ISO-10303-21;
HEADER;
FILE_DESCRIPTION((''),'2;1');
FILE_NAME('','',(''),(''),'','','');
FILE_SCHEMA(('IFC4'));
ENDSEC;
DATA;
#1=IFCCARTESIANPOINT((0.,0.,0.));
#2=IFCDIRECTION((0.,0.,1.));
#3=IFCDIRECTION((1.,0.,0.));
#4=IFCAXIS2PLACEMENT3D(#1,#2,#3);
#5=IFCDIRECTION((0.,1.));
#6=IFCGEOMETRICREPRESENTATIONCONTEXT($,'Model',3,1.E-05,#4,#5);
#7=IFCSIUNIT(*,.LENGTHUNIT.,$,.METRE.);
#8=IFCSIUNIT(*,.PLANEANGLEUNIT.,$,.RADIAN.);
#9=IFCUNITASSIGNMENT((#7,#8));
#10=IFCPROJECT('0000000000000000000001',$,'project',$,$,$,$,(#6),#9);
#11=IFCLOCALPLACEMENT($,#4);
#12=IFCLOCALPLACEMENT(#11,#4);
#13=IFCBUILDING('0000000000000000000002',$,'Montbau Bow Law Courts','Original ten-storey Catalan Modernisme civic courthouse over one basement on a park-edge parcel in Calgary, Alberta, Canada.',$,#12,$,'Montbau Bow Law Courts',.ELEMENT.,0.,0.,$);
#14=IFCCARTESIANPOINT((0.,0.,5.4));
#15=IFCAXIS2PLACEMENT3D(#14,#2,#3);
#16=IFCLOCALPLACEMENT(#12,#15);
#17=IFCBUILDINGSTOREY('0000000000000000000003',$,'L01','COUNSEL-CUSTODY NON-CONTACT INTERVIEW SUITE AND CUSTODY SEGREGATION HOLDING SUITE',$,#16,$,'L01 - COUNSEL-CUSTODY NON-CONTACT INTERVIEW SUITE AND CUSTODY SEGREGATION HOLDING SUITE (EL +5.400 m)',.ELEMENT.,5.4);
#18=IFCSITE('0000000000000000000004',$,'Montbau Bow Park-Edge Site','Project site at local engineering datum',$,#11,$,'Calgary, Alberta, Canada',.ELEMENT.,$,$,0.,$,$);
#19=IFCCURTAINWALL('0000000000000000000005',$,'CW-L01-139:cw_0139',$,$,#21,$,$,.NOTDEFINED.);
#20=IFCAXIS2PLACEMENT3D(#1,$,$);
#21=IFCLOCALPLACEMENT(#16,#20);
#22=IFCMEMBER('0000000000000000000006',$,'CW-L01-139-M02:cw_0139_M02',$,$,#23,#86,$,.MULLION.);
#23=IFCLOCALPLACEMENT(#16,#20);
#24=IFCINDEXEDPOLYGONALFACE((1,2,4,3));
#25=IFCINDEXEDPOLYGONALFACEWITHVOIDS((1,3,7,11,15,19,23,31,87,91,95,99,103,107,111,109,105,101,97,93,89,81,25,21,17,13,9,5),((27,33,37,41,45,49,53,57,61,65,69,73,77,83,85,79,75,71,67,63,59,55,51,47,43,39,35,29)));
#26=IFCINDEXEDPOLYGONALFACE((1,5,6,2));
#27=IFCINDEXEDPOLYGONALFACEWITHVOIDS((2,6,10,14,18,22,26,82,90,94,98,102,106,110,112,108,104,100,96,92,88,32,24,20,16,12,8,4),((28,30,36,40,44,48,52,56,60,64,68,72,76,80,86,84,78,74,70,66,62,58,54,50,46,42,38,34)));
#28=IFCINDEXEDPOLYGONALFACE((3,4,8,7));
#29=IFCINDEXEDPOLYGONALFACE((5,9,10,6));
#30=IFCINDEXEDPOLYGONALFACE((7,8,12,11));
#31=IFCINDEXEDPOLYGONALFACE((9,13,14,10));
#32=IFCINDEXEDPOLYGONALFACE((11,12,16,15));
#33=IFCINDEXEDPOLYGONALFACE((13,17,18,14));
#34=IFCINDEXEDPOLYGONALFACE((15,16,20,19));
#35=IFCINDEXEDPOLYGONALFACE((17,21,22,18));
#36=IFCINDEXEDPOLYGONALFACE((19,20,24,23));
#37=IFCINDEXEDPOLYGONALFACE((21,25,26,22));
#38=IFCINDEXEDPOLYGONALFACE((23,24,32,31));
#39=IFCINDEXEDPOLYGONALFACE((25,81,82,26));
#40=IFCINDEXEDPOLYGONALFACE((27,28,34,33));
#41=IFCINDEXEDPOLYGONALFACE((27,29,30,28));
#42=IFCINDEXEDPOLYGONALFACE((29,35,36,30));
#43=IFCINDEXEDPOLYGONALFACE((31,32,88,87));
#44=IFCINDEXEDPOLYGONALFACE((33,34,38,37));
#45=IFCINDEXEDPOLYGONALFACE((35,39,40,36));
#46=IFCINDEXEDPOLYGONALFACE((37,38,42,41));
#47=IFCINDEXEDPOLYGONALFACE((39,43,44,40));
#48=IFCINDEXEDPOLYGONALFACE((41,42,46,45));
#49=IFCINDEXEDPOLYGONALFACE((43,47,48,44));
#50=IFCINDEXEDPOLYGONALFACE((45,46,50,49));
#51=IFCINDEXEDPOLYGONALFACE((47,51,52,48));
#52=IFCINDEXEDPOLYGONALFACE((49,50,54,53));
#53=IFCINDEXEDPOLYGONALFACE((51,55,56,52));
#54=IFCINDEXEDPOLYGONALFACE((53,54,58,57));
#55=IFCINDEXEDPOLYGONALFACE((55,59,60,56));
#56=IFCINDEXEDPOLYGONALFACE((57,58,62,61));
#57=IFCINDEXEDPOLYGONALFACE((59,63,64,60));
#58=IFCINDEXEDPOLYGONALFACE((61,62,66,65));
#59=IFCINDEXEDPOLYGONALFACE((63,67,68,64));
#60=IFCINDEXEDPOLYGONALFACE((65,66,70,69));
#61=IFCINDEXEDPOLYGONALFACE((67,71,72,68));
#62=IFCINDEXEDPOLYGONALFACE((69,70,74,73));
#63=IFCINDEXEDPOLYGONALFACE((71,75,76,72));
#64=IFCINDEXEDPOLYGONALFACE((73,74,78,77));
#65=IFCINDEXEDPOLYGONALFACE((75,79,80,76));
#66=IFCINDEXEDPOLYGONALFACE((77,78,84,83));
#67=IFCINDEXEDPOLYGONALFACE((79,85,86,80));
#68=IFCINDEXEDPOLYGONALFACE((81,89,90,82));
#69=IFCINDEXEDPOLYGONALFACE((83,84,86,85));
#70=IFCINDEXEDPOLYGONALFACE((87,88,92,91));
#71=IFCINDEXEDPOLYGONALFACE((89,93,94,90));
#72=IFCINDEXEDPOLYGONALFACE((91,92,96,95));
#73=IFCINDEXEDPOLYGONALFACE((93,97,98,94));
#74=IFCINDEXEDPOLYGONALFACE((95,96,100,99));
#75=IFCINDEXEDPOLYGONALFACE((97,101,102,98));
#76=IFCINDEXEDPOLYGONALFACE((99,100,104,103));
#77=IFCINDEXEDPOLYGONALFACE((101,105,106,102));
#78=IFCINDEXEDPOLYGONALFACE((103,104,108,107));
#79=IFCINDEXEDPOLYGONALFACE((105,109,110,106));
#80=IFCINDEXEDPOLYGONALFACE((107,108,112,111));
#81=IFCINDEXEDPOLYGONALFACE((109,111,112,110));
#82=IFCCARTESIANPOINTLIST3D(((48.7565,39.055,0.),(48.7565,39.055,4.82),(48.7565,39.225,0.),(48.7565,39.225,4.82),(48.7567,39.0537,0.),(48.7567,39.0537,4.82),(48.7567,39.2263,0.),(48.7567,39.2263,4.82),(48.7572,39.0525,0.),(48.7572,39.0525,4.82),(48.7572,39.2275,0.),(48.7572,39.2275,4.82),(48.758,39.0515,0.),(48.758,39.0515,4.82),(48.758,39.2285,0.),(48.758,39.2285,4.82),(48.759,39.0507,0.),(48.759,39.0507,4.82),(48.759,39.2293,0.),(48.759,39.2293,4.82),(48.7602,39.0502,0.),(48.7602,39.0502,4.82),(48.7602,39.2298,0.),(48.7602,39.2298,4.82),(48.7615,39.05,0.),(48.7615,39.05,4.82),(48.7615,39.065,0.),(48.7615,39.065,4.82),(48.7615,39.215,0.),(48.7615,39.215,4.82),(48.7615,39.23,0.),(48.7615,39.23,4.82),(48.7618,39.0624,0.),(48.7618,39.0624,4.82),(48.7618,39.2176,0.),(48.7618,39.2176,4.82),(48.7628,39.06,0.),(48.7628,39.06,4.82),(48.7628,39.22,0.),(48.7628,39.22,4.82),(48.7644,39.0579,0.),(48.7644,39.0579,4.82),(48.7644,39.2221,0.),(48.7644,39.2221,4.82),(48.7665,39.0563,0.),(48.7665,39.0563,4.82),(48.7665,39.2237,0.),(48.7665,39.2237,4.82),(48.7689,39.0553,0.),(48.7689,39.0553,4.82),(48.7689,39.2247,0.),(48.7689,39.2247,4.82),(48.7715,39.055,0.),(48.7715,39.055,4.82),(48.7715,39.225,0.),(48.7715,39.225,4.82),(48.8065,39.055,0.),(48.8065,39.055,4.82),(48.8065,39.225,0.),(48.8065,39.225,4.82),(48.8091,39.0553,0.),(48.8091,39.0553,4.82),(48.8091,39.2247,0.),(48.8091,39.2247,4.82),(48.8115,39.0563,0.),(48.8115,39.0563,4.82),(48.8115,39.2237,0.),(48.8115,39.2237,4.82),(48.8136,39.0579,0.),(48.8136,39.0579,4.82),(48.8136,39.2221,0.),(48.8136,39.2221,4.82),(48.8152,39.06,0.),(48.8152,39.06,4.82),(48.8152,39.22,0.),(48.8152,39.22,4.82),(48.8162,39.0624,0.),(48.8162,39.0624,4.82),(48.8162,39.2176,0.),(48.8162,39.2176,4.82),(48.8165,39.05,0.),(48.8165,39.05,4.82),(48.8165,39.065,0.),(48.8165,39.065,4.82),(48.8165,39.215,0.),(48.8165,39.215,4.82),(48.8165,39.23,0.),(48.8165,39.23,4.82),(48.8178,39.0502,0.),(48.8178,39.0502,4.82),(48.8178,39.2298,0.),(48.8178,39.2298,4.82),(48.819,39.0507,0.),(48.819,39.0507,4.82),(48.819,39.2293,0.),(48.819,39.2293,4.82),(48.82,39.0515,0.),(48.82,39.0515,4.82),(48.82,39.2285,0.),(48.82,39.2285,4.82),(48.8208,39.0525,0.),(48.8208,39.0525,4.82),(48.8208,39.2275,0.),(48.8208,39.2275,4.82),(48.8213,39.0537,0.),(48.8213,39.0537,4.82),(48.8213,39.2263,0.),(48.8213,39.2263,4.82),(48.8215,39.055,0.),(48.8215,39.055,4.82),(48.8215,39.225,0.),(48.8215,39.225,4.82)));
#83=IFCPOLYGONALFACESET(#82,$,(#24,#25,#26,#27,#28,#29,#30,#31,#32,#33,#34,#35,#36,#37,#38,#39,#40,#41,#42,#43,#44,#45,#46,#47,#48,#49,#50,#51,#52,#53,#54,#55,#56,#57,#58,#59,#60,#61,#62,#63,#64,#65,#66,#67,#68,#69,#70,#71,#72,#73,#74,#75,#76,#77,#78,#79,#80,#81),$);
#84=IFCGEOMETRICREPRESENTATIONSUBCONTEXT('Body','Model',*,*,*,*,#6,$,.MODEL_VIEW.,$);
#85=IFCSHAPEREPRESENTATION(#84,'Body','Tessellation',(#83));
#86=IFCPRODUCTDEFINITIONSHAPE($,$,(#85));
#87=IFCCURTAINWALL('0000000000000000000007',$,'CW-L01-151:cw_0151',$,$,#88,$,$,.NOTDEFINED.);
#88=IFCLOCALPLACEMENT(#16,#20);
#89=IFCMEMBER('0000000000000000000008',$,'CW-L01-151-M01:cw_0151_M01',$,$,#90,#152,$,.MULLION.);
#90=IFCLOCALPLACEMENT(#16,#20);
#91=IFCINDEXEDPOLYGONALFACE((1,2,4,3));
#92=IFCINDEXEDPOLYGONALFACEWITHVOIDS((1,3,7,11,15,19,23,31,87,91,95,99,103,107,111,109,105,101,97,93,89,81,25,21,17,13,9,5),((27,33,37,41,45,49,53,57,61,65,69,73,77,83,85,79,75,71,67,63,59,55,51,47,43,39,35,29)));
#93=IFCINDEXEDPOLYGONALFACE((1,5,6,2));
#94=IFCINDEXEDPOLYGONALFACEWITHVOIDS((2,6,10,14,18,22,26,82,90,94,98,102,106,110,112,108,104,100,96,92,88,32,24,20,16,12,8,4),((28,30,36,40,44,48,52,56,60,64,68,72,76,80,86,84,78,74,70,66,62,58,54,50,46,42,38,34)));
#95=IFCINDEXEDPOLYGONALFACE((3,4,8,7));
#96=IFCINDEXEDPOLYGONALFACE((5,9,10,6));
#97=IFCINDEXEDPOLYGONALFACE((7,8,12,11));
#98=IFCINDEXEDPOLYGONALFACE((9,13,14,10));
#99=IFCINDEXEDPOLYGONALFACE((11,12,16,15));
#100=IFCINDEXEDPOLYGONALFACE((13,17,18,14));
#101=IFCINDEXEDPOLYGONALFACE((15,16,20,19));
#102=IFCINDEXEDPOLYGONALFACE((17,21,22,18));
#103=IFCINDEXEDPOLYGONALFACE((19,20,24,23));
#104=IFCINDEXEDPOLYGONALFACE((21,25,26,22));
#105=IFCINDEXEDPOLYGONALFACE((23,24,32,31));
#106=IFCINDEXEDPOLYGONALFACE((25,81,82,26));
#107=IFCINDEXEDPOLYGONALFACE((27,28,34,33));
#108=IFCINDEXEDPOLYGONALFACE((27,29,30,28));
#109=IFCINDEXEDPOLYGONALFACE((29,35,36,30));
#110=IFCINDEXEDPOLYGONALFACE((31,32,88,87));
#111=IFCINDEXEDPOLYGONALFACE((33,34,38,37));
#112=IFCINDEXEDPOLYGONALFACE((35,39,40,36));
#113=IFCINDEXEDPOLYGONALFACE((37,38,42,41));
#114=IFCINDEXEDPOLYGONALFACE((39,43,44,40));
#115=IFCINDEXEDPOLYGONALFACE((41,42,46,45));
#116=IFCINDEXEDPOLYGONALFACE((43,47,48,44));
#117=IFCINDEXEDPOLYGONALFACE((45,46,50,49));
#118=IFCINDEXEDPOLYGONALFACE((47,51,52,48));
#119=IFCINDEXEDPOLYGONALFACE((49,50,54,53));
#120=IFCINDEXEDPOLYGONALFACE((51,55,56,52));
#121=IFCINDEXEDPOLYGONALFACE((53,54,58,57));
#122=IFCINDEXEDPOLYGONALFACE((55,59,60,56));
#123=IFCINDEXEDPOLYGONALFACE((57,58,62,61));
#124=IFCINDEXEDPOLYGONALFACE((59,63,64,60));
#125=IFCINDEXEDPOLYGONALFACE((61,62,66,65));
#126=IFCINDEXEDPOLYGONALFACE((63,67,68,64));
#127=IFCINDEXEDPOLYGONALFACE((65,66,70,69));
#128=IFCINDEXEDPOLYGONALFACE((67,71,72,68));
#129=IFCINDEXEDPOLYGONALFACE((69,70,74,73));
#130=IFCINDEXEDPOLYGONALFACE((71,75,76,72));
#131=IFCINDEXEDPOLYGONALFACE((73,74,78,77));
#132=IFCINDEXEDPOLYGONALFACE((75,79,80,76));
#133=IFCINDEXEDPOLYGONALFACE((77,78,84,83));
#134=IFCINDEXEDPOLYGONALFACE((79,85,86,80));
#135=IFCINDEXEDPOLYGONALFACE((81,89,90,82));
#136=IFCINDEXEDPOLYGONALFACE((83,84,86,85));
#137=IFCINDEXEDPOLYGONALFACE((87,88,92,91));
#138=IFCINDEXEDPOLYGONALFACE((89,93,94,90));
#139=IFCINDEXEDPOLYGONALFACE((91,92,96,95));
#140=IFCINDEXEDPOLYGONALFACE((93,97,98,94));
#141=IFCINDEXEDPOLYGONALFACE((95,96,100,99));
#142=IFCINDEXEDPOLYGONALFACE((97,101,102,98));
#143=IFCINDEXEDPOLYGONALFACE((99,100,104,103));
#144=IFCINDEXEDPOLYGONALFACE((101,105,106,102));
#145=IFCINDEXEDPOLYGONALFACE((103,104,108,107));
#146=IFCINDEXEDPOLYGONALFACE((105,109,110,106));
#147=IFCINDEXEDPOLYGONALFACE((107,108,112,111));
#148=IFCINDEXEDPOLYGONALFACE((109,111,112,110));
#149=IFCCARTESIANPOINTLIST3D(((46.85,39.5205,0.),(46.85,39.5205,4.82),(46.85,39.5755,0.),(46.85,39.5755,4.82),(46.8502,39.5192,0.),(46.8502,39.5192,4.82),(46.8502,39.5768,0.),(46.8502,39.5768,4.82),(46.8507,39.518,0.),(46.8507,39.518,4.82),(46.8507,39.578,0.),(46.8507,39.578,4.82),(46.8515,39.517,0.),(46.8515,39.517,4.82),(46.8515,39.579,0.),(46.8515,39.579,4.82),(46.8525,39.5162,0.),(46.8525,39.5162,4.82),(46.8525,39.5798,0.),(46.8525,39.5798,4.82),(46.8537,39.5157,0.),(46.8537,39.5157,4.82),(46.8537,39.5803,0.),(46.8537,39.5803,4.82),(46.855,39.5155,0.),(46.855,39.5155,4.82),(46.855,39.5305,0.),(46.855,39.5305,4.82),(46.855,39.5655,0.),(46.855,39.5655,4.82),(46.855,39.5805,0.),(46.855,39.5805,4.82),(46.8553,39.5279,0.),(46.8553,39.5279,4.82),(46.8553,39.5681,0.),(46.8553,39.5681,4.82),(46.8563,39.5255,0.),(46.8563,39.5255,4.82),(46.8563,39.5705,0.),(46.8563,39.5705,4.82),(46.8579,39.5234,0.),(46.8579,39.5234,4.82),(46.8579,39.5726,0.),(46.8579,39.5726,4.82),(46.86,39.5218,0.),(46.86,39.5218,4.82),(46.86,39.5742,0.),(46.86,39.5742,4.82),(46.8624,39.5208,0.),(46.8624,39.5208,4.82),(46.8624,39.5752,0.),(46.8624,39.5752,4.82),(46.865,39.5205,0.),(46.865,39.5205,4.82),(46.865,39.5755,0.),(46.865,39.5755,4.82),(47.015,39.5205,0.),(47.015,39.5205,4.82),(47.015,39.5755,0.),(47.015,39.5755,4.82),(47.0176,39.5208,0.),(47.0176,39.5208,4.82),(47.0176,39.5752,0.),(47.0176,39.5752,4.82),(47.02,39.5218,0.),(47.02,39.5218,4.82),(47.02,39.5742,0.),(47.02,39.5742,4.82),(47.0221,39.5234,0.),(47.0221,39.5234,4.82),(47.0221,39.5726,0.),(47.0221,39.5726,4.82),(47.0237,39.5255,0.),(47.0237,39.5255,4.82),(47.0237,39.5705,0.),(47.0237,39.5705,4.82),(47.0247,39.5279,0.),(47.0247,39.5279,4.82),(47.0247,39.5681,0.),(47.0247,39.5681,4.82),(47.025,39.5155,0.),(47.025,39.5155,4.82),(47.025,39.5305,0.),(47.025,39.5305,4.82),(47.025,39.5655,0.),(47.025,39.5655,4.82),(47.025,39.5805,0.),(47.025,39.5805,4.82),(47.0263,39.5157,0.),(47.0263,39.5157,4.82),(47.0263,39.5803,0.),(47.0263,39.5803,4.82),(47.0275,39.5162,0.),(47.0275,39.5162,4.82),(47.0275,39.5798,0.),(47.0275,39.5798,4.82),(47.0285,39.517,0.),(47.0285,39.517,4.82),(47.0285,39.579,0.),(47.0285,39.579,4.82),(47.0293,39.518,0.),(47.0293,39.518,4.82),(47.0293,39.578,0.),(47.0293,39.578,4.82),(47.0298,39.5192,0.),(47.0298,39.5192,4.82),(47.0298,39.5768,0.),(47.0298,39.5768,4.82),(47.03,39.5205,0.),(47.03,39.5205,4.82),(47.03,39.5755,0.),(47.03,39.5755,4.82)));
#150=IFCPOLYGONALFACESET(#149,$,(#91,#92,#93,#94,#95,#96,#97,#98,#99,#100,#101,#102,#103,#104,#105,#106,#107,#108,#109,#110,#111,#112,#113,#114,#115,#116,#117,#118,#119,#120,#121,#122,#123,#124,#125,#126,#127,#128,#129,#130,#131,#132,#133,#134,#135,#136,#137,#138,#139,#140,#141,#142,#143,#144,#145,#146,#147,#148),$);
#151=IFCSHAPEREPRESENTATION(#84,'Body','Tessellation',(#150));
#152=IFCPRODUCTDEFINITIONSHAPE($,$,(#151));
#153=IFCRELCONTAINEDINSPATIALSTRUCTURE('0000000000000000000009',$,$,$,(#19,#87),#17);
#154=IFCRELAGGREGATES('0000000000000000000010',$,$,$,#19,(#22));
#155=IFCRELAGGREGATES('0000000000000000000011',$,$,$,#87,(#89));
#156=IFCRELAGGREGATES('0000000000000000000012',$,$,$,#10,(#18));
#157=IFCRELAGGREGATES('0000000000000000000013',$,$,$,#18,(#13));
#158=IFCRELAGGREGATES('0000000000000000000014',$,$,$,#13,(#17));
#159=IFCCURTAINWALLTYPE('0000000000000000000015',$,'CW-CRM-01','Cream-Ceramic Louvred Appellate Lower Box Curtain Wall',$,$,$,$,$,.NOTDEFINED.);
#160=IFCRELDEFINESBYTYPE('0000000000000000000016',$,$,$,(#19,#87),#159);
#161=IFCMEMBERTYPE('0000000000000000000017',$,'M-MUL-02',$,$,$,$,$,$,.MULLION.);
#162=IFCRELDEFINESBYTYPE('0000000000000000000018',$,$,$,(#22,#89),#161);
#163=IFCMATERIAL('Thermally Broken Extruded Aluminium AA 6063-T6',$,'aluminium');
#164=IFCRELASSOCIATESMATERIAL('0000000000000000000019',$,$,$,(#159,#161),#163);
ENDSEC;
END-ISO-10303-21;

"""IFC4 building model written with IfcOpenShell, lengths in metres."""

from ifc_helpers import new_model, si_unit, direction, frame, origin_with_axes, origin_2d_with_axis, place, context, subcontext, project, spatial, hollow_rectangle, extrude, material, material_profile, profile_set, type_object, element, aggregate, save


model = new_model("IFC4")

# Units and contexts
model_context = context("Model", 3, precision=1e-05, world=origin_with_axes(), true_north=direction((0.0, 1.0)))
body_context = subcontext(model_context, "Body", "Model", "MODEL_VIEW")
ifc_project = project(units=[si_unit("LENGTHUNIT", "METRE"), si_unit("PLANEANGLEUNIT", "RADIAN")], contexts=[model_context])

# Site, building, storey
site_placement = place(None, origin_with_axes())
site = spatial("IfcSite", under=ifc_project, at=site_placement, Name="Montbau Bow Park-Edge Site", Description="Project site at local engineering datum", LongName="Calgary, Alberta, Canada", CompositionType="ELEMENT", RefElevation=0.0)
building_placement = place(site_placement, origin_with_axes())
building = spatial("IfcBuilding", under=site, at=building_placement, Name="Montbau Bow Law Courts", Description="Original ten-storey Catalan Modernisme civic courthouse over one basement on a park-edge parcel in Calgary, Alberta, Canada.", LongName="Montbau Bow Law Courts", CompositionType="ELEMENT", ElevationOfRefHeight=0.0, ElevationOfTerrain=0.0)
storey_placement = place(building_placement, frame((0.0, 0.0, 5.4), z_axis=(0.0, 0.0, 1.0), x_axis=(1.0, 0.0, 0.0)))
storey = spatial("IfcBuildingStorey", under=building, at=storey_placement, Name="L01", Description="COUNSEL-CUSTODY NON-CONTACT INTERVIEW SUITE AND CUSTODY SEGREGATION HOLDING SUITE", LongName="L01 - COUNSEL-CUSTODY NON-CONTACT INTERVIEW SUITE AND CUSTODY SEGREGATION HOLDING SUITE (EL +5.400 m)", CompositionType="ELEMENT", Elevation=5.4)

# Curtain walls, members
ifc_material_1 = material(Name="Thermally Broken Extruded Aluminium AA 6063-T6", Category="aluminium")
curtain_wall_type_1 = type_object("IfcCurtainWallType", Name="CW-CRM-01", Description="Cream-Ceramic Louvred Appellate Lower Box Curtain Wall", PredefinedType="NOTDEFINED", material=ifc_material_1)
curtain_wall_1_placement = place(None, frame((47.315, 39.14, 5.4), z_axis=(0.0, 0.0, 1.0), x_axis=(1.0, 0.0, 0.0)))
curtain_wall_1 = element("IfcCurtainWall", 1, at=curtain_wall_1_placement, inside=storey, type_object=curtain_wall_type_1, Name="CW-L01-139:cw_0139", PredefinedType="NOTDEFINED")
ifc_material_profile_1 = material_profile(ifc_material_1, hollow_rectangle(XDim=0.065, YDim=0.18, WallThickness=0.005, InnerFilletRadius=0.01, OuterFilletRadius=0.005, at=origin_2d_with_axis()), Name="CWM-180X65", Category="Main", Priority=0)
ifc_profile_set_1 = profile_set([ifc_material_profile_1], Name="Thermally Broken Extruded Aluminium AA 6063-T6")
member_type_1 = type_object("IfcMemberType", Name="M-MUL-02", PredefinedType="MULLION", material=ifc_profile_set_1)
member_1_placement = place(None, frame((48.789, 39.14, 5.4), z_axis=(0.0, 0.0, 1.0), x_axis=(1.0, 0.0, 0.0)))
member_1 = element("IfcMember", 2, at=member_1_placement, type_object=member_type_1, Name="CW-L01-139-M02:cw_0139_M02", PredefinedType="MULLION", context=body_context, shape_type="SweptSolid", body=[
    extrude(hollow_rectangle(XDim=0.065, YDim=0.18, WallThickness=0.005, InnerFilletRadius=0.01, OuterFilletRadius=0.005, at=origin_2d_with_axis()), origin_with_axes(), (0.0, 0.0, 1.0), 4.82),
])
curtain_wall_2_placement = place(None, frame((46.94, 39.515, 5.4), z_axis=(0.0, 0.0, 1.0), x_axis=(1.0, 0.0, 0.0)))
curtain_wall_2 = element("IfcCurtainWall", 3, at=curtain_wall_2_placement, inside=storey, type_object=curtain_wall_type_1, Name="CW-L01-151:cw_0151", PredefinedType="NOTDEFINED")
member_2_placement = place(None, frame((46.94, 39.548, 5.4), z_axis=(0.0, 0.0, 1.0), x_axis=(0.0, 1.0, 0.0)))
member_2 = element("IfcMember", 4, at=member_2_placement, type_object=member_type_1, Name="CW-L01-151-M01:cw_0151_M01", PredefinedType="MULLION", context=body_context, shape_type="SweptSolid", body=[
    extrude(hollow_rectangle(XDim=0.065, YDim=0.18, WallThickness=0.005, InnerFilletRadius=0.01, OuterFilletRadius=0.005, at=origin_2d_with_axis()), origin_with_axes(), (0.0, 0.0, 1.0), 4.82),
])

aggregate(curtain_wall_1, [member_1])
aggregate(curtain_wall_2, [member_2])

save(model, "model.ifc")
